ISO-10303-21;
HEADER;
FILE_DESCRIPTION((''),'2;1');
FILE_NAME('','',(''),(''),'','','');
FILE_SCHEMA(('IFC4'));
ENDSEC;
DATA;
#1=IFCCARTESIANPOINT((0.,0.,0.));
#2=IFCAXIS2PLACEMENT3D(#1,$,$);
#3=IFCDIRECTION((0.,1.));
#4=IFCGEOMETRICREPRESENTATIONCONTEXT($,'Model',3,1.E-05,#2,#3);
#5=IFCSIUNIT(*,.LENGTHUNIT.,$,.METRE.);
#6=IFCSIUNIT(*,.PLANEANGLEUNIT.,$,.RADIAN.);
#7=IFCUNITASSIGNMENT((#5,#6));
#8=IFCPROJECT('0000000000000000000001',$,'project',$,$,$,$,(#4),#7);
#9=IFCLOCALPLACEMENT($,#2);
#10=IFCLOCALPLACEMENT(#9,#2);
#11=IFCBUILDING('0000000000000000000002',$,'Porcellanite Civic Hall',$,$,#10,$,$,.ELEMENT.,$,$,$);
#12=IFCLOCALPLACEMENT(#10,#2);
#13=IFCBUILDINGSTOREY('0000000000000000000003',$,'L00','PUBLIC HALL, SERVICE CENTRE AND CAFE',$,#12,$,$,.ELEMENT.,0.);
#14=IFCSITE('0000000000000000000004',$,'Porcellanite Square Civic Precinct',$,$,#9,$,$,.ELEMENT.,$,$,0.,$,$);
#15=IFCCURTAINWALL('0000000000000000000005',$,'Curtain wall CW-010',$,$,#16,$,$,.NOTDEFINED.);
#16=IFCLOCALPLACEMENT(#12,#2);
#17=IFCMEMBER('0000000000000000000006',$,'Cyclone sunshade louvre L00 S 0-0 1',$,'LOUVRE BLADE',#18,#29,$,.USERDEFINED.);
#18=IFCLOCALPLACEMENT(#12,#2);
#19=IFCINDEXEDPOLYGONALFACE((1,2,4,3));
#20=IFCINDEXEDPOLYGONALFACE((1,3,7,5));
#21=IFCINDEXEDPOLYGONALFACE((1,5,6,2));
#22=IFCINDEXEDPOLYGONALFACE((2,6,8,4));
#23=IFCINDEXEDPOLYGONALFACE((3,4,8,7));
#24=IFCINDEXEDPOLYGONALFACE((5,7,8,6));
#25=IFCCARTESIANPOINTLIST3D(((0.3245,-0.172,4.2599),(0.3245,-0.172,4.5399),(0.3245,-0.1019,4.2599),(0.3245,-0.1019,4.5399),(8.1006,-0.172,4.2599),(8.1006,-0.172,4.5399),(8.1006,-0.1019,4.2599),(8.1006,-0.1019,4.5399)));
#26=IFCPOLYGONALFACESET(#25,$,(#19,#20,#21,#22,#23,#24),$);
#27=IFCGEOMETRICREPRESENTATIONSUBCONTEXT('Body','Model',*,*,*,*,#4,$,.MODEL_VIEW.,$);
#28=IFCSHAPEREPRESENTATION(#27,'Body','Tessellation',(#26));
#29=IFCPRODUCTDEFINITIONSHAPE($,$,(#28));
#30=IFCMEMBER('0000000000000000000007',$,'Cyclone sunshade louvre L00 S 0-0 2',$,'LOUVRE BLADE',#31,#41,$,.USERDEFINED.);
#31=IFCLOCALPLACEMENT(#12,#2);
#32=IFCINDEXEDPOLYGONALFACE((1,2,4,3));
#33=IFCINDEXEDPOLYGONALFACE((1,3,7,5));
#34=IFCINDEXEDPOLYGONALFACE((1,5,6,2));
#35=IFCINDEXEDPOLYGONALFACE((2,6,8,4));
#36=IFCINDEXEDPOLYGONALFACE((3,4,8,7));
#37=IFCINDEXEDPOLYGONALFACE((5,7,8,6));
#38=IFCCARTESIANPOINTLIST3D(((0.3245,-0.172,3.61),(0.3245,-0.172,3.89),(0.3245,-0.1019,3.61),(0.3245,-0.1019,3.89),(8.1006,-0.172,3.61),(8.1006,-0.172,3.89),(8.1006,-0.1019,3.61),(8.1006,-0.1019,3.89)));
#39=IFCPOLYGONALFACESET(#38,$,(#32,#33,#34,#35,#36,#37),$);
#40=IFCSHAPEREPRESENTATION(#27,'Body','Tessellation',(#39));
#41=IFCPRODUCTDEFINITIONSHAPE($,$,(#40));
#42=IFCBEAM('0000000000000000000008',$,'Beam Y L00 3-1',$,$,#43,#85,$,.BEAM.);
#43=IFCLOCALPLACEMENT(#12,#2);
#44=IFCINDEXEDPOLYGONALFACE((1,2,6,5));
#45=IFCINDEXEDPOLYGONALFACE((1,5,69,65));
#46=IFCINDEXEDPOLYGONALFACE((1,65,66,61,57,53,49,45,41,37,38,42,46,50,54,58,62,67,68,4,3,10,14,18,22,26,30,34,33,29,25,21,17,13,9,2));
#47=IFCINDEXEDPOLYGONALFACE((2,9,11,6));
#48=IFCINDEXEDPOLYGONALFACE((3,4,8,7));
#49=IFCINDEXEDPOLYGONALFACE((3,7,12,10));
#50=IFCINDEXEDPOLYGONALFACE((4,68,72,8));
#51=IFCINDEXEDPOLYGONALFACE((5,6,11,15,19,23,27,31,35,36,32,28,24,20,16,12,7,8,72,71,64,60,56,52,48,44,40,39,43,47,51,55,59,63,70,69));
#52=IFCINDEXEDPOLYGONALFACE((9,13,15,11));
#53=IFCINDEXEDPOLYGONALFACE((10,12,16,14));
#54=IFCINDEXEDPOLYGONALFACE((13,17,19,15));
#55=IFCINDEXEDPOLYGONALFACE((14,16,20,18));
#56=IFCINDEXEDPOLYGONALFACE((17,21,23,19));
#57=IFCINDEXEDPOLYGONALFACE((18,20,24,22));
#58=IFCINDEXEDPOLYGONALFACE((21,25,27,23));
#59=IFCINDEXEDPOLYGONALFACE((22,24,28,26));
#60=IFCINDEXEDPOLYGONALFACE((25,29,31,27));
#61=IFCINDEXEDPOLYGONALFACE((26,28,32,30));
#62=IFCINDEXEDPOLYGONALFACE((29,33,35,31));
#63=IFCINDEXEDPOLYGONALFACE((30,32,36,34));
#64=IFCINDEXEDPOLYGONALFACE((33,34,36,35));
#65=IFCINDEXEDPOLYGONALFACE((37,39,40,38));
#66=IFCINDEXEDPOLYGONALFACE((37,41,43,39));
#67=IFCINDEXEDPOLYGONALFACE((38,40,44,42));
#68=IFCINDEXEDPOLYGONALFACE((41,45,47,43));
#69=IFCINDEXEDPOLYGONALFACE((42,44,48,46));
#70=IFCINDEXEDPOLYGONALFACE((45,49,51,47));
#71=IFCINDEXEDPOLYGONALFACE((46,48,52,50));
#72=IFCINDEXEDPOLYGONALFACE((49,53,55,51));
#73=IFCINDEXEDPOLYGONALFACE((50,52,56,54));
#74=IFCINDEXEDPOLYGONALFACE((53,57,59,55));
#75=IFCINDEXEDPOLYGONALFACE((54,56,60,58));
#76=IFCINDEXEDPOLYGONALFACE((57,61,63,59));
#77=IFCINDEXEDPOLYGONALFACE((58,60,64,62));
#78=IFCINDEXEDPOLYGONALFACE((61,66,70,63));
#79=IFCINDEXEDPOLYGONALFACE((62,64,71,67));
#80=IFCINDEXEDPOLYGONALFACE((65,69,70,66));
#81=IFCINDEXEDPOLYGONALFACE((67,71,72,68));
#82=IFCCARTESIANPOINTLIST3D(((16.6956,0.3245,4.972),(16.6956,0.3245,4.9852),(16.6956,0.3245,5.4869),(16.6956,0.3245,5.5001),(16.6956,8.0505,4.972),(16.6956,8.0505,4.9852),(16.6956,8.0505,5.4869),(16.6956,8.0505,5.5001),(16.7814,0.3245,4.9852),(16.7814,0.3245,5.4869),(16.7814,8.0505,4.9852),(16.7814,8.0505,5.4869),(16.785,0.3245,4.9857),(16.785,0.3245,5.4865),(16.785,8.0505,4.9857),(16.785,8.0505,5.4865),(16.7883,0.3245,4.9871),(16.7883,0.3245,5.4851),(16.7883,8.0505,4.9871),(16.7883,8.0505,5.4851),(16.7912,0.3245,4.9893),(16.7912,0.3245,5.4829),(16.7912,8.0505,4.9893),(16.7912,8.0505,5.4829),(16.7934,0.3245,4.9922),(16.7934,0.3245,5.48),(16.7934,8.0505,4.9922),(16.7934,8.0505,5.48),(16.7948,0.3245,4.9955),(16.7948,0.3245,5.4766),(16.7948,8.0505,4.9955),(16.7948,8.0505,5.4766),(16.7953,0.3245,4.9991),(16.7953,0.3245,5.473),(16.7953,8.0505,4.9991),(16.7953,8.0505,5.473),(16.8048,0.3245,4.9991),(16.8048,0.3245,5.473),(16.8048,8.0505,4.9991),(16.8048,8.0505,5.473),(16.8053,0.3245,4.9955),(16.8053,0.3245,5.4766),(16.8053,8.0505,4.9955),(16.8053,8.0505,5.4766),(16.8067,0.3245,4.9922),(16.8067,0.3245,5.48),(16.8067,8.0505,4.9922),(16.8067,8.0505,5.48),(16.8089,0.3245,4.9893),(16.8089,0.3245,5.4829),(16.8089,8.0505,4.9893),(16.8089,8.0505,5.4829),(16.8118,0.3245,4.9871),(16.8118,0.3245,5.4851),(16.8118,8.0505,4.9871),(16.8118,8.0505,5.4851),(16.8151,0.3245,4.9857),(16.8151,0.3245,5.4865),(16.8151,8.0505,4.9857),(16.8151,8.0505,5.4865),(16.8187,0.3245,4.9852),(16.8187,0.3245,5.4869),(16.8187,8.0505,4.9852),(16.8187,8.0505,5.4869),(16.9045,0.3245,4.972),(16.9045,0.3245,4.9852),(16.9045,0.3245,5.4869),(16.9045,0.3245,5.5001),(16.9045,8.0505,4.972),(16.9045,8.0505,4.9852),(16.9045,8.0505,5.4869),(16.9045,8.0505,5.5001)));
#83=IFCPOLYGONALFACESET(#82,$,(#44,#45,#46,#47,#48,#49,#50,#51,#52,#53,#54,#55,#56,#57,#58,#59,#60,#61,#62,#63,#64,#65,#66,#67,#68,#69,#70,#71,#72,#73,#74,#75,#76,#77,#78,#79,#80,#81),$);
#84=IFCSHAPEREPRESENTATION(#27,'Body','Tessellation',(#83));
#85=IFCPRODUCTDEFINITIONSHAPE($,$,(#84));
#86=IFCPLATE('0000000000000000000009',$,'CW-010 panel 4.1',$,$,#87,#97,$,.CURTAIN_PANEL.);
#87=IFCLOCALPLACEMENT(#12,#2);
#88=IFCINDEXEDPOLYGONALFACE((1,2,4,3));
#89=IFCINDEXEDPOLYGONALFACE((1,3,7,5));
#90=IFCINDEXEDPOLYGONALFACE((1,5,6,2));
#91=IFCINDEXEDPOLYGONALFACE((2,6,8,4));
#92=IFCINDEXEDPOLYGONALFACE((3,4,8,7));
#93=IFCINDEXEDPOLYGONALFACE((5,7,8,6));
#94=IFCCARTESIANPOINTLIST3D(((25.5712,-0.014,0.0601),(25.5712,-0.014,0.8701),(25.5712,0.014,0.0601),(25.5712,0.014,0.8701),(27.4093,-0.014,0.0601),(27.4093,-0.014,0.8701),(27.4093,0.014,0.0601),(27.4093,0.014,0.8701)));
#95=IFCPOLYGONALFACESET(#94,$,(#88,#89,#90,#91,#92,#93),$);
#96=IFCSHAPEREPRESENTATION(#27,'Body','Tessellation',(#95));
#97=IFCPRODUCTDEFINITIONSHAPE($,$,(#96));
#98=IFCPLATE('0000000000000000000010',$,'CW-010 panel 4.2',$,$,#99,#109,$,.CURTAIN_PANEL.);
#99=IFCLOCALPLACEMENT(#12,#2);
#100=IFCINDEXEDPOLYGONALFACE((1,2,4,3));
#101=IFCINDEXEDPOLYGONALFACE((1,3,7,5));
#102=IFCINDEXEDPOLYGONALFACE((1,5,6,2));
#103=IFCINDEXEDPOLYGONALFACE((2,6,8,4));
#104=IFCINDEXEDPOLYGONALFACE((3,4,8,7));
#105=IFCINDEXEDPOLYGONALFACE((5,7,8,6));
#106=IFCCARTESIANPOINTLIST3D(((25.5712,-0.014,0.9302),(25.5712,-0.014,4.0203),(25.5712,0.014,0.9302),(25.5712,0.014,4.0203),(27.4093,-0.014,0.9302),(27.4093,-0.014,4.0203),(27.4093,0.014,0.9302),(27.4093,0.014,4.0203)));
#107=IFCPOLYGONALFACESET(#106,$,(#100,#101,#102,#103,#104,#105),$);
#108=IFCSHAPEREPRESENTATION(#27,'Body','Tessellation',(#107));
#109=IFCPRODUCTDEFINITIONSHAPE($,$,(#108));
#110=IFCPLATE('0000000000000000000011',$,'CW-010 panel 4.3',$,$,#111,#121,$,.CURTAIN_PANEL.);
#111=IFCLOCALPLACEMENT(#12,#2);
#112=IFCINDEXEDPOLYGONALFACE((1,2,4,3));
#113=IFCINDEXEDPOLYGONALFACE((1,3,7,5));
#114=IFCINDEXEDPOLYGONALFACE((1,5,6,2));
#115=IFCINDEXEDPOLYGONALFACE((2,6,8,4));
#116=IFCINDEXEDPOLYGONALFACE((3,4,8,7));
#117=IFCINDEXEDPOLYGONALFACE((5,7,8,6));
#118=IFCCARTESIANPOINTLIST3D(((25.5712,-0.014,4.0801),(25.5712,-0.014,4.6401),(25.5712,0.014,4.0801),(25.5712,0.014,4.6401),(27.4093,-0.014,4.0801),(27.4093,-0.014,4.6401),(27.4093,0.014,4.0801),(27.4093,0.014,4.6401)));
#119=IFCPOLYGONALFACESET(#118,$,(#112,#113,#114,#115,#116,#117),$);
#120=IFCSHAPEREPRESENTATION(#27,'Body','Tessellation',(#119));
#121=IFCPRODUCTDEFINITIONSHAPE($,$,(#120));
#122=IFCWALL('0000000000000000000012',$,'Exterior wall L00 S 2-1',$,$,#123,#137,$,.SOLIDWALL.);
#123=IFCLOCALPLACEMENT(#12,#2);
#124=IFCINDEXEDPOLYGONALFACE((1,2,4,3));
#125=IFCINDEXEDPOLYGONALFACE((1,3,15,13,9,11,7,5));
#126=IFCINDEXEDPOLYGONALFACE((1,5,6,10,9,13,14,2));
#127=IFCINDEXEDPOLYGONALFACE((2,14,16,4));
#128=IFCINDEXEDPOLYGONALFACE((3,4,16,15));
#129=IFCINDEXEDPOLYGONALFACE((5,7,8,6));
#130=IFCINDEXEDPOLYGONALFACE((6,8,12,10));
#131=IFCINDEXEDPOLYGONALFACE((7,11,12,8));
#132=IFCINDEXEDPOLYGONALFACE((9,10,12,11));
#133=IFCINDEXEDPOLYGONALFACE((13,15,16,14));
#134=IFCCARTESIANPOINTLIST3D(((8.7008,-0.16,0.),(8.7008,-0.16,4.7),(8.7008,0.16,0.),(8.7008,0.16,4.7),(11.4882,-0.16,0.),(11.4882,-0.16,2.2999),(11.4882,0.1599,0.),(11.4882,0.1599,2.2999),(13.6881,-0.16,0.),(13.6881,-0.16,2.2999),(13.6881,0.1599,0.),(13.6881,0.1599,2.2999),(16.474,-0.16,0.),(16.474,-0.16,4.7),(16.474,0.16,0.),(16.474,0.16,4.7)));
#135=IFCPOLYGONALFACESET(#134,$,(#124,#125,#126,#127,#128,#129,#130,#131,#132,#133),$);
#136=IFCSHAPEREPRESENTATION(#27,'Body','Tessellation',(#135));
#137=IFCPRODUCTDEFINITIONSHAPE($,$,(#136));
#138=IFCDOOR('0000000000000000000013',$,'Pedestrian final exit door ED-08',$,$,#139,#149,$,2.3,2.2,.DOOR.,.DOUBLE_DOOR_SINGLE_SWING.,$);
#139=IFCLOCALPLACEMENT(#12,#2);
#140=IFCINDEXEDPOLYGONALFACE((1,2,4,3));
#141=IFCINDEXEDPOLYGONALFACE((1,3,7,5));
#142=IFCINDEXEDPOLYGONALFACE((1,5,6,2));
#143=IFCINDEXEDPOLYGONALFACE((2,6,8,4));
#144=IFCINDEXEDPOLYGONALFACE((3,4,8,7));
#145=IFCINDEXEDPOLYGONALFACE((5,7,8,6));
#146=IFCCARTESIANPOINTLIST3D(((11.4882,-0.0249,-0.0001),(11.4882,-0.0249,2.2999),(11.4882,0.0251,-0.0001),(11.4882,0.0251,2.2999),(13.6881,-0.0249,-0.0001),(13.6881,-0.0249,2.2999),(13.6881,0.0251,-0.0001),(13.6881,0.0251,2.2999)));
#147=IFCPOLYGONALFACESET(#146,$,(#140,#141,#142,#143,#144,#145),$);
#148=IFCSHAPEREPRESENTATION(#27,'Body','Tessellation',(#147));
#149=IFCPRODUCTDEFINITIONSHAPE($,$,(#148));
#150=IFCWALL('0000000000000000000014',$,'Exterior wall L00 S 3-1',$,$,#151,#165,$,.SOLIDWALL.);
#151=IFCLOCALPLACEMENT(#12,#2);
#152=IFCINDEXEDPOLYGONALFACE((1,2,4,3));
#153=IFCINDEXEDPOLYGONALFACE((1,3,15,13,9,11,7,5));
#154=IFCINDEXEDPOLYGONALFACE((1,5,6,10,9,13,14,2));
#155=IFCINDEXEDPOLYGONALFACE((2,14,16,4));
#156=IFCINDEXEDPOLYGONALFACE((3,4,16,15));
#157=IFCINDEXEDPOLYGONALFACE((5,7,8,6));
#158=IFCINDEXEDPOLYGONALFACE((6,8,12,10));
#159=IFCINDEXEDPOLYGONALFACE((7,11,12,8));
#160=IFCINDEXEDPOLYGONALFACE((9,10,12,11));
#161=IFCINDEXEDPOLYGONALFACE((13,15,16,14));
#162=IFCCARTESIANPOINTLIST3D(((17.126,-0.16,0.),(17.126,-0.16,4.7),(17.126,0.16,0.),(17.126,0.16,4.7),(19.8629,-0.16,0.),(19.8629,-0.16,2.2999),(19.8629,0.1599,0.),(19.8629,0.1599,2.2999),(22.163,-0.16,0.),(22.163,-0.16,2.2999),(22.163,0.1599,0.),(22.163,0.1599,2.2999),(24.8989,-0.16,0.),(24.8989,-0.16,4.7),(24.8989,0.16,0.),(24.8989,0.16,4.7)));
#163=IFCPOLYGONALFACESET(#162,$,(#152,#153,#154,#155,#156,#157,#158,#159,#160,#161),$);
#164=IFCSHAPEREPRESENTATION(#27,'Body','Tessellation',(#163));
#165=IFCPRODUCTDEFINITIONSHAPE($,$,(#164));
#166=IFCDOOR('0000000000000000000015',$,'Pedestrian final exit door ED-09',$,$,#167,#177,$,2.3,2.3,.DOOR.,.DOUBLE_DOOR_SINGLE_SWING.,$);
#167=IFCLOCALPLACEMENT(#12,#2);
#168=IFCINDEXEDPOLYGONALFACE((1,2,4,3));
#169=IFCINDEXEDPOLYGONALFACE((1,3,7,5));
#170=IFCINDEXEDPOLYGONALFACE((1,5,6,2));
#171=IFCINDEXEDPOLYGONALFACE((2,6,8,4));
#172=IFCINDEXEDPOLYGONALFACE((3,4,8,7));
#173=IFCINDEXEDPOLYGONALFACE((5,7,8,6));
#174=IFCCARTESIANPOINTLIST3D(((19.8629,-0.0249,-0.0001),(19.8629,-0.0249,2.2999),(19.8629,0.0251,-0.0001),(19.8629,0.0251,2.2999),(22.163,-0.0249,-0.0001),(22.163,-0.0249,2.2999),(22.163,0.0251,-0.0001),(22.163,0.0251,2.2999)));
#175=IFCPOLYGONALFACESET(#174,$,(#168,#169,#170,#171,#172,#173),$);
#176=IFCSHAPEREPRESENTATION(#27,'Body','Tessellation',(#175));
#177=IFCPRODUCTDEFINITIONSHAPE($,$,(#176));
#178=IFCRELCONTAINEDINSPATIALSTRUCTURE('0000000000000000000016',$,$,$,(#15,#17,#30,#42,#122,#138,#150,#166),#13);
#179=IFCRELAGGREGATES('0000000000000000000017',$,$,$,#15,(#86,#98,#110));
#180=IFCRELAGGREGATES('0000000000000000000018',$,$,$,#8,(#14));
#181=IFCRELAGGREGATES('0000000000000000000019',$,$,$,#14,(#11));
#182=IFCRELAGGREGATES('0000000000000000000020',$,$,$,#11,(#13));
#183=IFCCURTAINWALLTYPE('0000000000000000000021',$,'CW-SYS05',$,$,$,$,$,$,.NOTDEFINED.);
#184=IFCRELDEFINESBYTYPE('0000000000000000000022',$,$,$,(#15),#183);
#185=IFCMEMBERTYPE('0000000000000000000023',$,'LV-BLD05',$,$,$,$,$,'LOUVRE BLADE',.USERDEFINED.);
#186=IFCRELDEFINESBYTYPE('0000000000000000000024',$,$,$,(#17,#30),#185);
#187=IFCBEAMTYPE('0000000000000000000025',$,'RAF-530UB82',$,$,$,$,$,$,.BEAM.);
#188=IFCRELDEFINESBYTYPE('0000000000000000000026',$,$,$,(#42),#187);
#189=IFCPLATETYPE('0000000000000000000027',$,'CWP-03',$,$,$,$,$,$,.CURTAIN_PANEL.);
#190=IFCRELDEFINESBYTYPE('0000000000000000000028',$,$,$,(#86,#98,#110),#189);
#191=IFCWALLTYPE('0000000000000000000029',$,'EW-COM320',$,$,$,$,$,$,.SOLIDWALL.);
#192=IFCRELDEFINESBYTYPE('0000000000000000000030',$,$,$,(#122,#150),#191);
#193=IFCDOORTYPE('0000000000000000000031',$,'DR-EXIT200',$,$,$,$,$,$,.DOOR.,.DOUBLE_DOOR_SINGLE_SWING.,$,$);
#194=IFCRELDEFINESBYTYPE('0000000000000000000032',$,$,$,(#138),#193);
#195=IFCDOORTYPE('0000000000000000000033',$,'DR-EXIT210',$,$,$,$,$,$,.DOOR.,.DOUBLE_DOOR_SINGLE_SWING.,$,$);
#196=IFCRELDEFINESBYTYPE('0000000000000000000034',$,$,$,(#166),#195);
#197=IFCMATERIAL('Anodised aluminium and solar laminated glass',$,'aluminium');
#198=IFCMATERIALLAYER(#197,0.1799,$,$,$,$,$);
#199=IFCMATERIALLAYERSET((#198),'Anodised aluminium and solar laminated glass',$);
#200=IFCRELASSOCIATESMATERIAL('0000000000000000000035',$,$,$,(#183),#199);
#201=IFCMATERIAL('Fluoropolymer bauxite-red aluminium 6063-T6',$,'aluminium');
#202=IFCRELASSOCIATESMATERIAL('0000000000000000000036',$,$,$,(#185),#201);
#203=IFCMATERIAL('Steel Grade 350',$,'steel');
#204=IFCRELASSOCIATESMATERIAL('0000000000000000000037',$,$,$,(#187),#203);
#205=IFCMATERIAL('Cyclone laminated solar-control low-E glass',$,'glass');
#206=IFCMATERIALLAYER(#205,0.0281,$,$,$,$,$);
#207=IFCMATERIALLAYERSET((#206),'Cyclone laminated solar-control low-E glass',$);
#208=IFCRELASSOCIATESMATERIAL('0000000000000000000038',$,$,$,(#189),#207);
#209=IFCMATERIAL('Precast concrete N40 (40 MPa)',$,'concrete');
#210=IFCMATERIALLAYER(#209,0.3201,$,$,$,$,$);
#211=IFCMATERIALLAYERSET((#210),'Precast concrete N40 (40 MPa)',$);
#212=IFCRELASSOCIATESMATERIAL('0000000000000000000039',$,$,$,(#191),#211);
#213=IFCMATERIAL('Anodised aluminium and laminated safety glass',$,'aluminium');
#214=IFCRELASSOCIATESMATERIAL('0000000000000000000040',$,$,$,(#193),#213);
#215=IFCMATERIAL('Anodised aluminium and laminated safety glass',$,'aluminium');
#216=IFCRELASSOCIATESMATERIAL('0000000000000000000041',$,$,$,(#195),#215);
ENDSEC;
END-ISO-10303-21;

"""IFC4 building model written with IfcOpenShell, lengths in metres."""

from ifc_helpers import new_model, si_unit, direction, frame, frame_2d, origin, origin_2d, place, context, subcontext, project, spatial, rectangle, i_section, extrude, material, layer, layer_set, material_profile, profile_set, type_object, element, fill, aggregate, save


model = new_model("IFC4")

# Units and contexts
model_context = context("Model", 3, precision=1e-05, world=origin(), true_north=direction((0.0, 1.0)))
body_context = subcontext(model_context, "Body", "Model", "MODEL_VIEW")
ifc_project = project(units=[si_unit("LENGTHUNIT", "METRE"), si_unit("PLANEANGLEUNIT", "RADIAN")], contexts=[model_context])

# Site, building, storey
site_placement = place(None, origin())
site = spatial("IfcSite", under=ifc_project, at=site_placement, Name="Porcellanite Square Civic Precinct", CompositionType="ELEMENT", RefElevation=0.0)
building_placement = place(site_placement, origin())
building = spatial("IfcBuilding", under=site, at=building_placement, Name="Porcellanite Civic Hall", CompositionType="ELEMENT")
storey_placement = place(building_placement, origin())
storey = spatial("IfcBuildingStorey", under=building, at=storey_placement, Name="L00", Description="PUBLIC HALL, SERVICE CENTRE AND CAFE", CompositionType="ELEMENT", Elevation=0.0)

# Shared definitions
ifc_material_1 = material(Name="Anodised aluminium and solar laminated glass", Category="aluminium")
ifc_layer_1 = layer(ifc_material_1, 0.1799)
ifc_layer_set_1 = layer_set([ifc_layer_1], Name="Anodised aluminium and solar laminated glass")
curtain_wall_type = type_object("IfcCurtainWallType", Name="CW-SYS05", PredefinedType="NOTDEFINED", material=ifc_layer_set_1)

# Curtain wall
curtain_wall_1_placement = place(storey_placement, origin())
curtain_wall_1 = element("IfcCurtainWall", 1, at=curtain_wall_1_placement, inside=storey, type_object=curtain_wall_type, Name="Curtain wall CW-010", PredefinedType="NOTDEFINED")

# Members
ifc_material_2 = material(Name="Fluoropolymer bauxite-red aluminium 6063-T6", Category="aluminium")
ifc_material_profile_1 = material_profile(ifc_material_2, rectangle(XDim=0.0701, YDim=0.28, at=origin_2d()), Name="AL-70x280")
ifc_profile_set_1 = profile_set([ifc_material_profile_1], Name="Fluoropolymer bauxite-red aluminium 6063-T6")
member_type_1 = type_object("IfcMemberType", Name="LV-BLD05", ElementType="LOUVRE BLADE", PredefinedType="USERDEFINED", material=ifc_profile_set_1)
for number, where, z_axis, x_axis, name in (
    (2, (8.1006, -0.137, 4.3999), (-1.0, 0.0, 0.0), (0.0, -1.0, 0.0), "Cyclone sunshade louvre L00 S 0-0 1"),
    (3, (8.1006, -0.137, 3.75), (-1.0, 0.0, 0.0), (0.0, -1.0, 0.0), "Cyclone sunshade louvre L00 S 0-0 2"),
):
    element("IfcMember", number, at=place(storey_placement, frame(where, z_axis=z_axis, x_axis=x_axis)), inside=storey, type_object=member_type_1, Name=name, ObjectType="LOUVRE BLADE", PredefinedType="USERDEFINED", context=body_context, shape_type="SweptSolid", body=[
        extrude(rectangle(XDim=0.0701, YDim=0.28, at=origin_2d()), origin(), (0.0, 0.0, 1.0), 7.7761),
    ])

# Beam
ifc_material_3 = material(Name="Steel Grade 350", Category="steel")
ifc_material_profile_2 = material_profile(ifc_material_3, i_section(OverallWidth=0.209, OverallDepth=0.5281, WebThickness=0.0095, FlangeThickness=0.0132, FilletRadius=0.0139, at=origin_2d()), Name="530UB82.0")
ifc_profile_set_2 = profile_set([ifc_material_profile_2], Name="Steel Grade 350")
beam_type_1 = type_object("IfcBeamType", Name="RAF-530UB82", PredefinedType="BEAM", material=ifc_profile_set_2)
beam_1_placement = place(storey_placement, frame((16.8, 0.3245, 5.2361), z_axis=(0.0, 1.0, 0.0), x_axis=(-1.0, 0.0, 0.0)))
element("IfcBeam", 4, at=beam_1_placement, inside=storey, type_object=beam_type_1, Name="Beam Y L00 3-1", PredefinedType="BEAM", context=body_context, shape_type="SweptSolid", body=[
    extrude(i_section(OverallWidth=0.209, OverallDepth=0.5281, WebThickness=0.0095, FlangeThickness=0.0132, FilletRadius=0.0139, at=origin_2d()), origin(), (0.0, 0.0, 1.0), 7.7261),
])

# Plates
ifc_material_4 = material(Name="Cyclone laminated solar-control low-E glass", Category="glass")
ifc_layer_2 = layer(ifc_material_4, 0.0281)
ifc_layer_set_2 = layer_set([ifc_layer_2], Name="Cyclone laminated solar-control low-E glass")
plate_type = type_object("IfcPlateType", Name="CWP-03", PredefinedType="CURTAIN_PANEL", material=ifc_layer_set_2)
plate_1_placement = place(storey_placement, frame((26.4902, 0.0, 0.0601), z_axis=(0.0, 0.0, 1.0), x_axis=(-1.0, 0.0, 0.0)))
plate_1 = element("IfcPlate", 5, at=plate_1_placement, type_object=plate_type, Name="CW-010 panel 4.1", PredefinedType="CURTAIN_PANEL", context=body_context, shape_type="SweptSolid", body=[
    extrude(rectangle(XDim=1.8381, YDim=0.0281, at=origin_2d()), origin(), (0.0, 0.0, 1.0), 0.8101),
])
plate_2_placement = place(storey_placement, frame((26.4902, 0.0, 0.9302), z_axis=(0.0, 0.0, 1.0), x_axis=(-1.0, 0.0, 0.0)))
plate_2 = element("IfcPlate", 6, at=plate_2_placement, type_object=plate_type, Name="CW-010 panel 4.2", PredefinedType="CURTAIN_PANEL", context=body_context, shape_type="SweptSolid", body=[
    extrude(rectangle(XDim=1.8381, YDim=0.0281, at=origin_2d()), origin(), (0.0, 0.0, 1.0), 3.0901),
])
plate_3_placement = place(storey_placement, frame((26.4902, 0.0, 4.0801), z_axis=(0.0, 0.0, 1.0), x_axis=(-1.0, 0.0, 0.0)))
plate_3 = element("IfcPlate", 7, at=plate_3_placement, type_object=plate_type, Name="CW-010 panel 4.3", PredefinedType="CURTAIN_PANEL", context=body_context, shape_type="SweptSolid", body=[
    extrude(rectangle(XDim=1.8381, YDim=0.0281, at=origin_2d()), origin(), (0.0, 0.0, 1.0), 0.5601),
])
aggregate(curtain_wall_1, [plate_1, plate_2, plate_3])

# Walls, openings, doors
ifc_material_5 = material(Name="Precast concrete N40 (40 MPa)", Category="concrete")
ifc_layer_3 = layer(ifc_material_5, 0.3201)
ifc_layer_set_3 = layer_set([ifc_layer_3], Name="Precast concrete N40 (40 MPa)")
wall_type_1 = type_object("IfcWallType", Name="EW-COM320", PredefinedType="SOLIDWALL", material=ifc_layer_set_3)
wall_1_placement = place(storey_placement, frame((16.4741, 0.0, 0.0), z_axis=(0.0, 0.0, 1.0), x_axis=(-1.0, 0.0, 0.0)))
wall_1 = element("IfcWall", 8, at=wall_1_placement, inside=storey, type_object=wall_type_1, Name="Exterior wall L00 S 2-1", PredefinedType="SOLIDWALL", context=body_context, shape_type="SweptSolid", body=[
    extrude(rectangle(XDim=7.7732, YDim=0.3201, at=frame_2d((3.8867, 0.0))), origin(), (0.0, 0.0, 1.0), 4.7),
])
opening_1_placement = place(wall_1_placement, frame((2.7859, 0.0, 0.0)))
opening_1 = element("IfcOpeningElement", 9, at=opening_1_placement, cuts=wall_1, PredefinedType="OPENING", context=body_context, shape_type="SweptSolid", body=[
    extrude(rectangle(XDim=2.2, YDim=2.3, at=frame_2d((1.1001, 1.1499))), frame((0.0, 0.1602, 0.0), z_axis=(0.0, -1.0, 0.0), x_axis=(1.0, 0.0, 0.0)), (0.0, 0.0, 1.0), 0.3201),
])
ifc_material_6 = material(Name="Anodised aluminium and laminated safety glass", Category="aluminium")
door_type_1 = type_object("IfcDoorType", Name="DR-EXIT200", OperationType="DOUBLE_DOOR_SINGLE_SWING", PredefinedType="DOOR", material=ifc_material_6)
door_1_placement = place(opening_1_placement, origin())
door_1 = element("IfcDoor", 10, at=door_1_placement, inside=storey, type_object=door_type_1, Name="Pedestrian final exit door ED-08", OperationType="DOUBLE_DOOR_SINGLE_SWING", OverallHeight=2.3, OverallWidth=2.2, PredefinedType="DOOR", context=body_context, shape_type="SweptSolid", body=[
    extrude(rectangle(XDim=2.2, YDim=2.3, at=frame_2d((1.1001, 1.1499))), frame((0.0, 0.0249, 0.0), z_axis=(0.0, -1.0, 0.0), x_axis=(1.0, 0.0, 0.0)), (0.0, 0.0, 1.0), 0.05),
])
fill(opening_1, door_1)
wall_2_placement = place(storey_placement, frame((24.8989, 0.0, 0.0), z_axis=(0.0, 0.0, 1.0), x_axis=(-1.0, 0.0, 0.0)))
wall_2 = element("IfcWall", 11, at=wall_2_placement, inside=storey, type_object=wall_type_1, Name="Exterior wall L00 S 3-1", PredefinedType="SOLIDWALL", context=body_context, shape_type="SweptSolid", body=[
    extrude(rectangle(XDim=7.7729, YDim=0.3201, at=frame_2d((3.8865, 0.0))), origin(), (0.0, 0.0, 1.0), 4.7),
])
opening_2_placement = place(wall_2_placement, frame((2.7361, 0.0, 0.0)))
opening_2 = element("IfcOpeningElement", 12, at=opening_2_placement, cuts=wall_2, PredefinedType="OPENING", context=body_context, shape_type="SweptSolid", body=[
    extrude(rectangle(XDim=2.3, YDim=2.3, at=frame_2d((1.1499, 1.1499))), frame((0.0, 0.1602, 0.0), z_axis=(0.0, -1.0, 0.0), x_axis=(1.0, 0.0, 0.0)), (0.0, 0.0, 1.0), 0.3201),
])
ifc_material_7 = material(Name="Anodised aluminium and laminated safety glass", Category="aluminium")
door_type_2 = type_object("IfcDoorType", Name="DR-EXIT210", OperationType="DOUBLE_DOOR_SINGLE_SWING", PredefinedType="DOOR", material=ifc_material_7)
door_2_placement = place(opening_2_placement, origin())
door_2 = element("IfcDoor", 13, at=door_2_placement, inside=storey, type_object=door_type_2, Name="Pedestrian final exit door ED-09", OperationType="DOUBLE_DOOR_SINGLE_SWING", OverallHeight=2.3, OverallWidth=2.3, PredefinedType="DOOR", context=body_context, shape_type="SweptSolid", body=[
    extrude(rectangle(XDim=2.3, YDim=2.3, at=frame_2d((1.1499, 1.1499))), frame((0.0, 0.0249, 0.0), z_axis=(0.0, -1.0, 0.0), x_axis=(1.0, 0.0, 0.0)), (0.0, 0.0, 1.0), 0.05),
])
fill(opening_2, door_2)

save(model, "model.ifc")
